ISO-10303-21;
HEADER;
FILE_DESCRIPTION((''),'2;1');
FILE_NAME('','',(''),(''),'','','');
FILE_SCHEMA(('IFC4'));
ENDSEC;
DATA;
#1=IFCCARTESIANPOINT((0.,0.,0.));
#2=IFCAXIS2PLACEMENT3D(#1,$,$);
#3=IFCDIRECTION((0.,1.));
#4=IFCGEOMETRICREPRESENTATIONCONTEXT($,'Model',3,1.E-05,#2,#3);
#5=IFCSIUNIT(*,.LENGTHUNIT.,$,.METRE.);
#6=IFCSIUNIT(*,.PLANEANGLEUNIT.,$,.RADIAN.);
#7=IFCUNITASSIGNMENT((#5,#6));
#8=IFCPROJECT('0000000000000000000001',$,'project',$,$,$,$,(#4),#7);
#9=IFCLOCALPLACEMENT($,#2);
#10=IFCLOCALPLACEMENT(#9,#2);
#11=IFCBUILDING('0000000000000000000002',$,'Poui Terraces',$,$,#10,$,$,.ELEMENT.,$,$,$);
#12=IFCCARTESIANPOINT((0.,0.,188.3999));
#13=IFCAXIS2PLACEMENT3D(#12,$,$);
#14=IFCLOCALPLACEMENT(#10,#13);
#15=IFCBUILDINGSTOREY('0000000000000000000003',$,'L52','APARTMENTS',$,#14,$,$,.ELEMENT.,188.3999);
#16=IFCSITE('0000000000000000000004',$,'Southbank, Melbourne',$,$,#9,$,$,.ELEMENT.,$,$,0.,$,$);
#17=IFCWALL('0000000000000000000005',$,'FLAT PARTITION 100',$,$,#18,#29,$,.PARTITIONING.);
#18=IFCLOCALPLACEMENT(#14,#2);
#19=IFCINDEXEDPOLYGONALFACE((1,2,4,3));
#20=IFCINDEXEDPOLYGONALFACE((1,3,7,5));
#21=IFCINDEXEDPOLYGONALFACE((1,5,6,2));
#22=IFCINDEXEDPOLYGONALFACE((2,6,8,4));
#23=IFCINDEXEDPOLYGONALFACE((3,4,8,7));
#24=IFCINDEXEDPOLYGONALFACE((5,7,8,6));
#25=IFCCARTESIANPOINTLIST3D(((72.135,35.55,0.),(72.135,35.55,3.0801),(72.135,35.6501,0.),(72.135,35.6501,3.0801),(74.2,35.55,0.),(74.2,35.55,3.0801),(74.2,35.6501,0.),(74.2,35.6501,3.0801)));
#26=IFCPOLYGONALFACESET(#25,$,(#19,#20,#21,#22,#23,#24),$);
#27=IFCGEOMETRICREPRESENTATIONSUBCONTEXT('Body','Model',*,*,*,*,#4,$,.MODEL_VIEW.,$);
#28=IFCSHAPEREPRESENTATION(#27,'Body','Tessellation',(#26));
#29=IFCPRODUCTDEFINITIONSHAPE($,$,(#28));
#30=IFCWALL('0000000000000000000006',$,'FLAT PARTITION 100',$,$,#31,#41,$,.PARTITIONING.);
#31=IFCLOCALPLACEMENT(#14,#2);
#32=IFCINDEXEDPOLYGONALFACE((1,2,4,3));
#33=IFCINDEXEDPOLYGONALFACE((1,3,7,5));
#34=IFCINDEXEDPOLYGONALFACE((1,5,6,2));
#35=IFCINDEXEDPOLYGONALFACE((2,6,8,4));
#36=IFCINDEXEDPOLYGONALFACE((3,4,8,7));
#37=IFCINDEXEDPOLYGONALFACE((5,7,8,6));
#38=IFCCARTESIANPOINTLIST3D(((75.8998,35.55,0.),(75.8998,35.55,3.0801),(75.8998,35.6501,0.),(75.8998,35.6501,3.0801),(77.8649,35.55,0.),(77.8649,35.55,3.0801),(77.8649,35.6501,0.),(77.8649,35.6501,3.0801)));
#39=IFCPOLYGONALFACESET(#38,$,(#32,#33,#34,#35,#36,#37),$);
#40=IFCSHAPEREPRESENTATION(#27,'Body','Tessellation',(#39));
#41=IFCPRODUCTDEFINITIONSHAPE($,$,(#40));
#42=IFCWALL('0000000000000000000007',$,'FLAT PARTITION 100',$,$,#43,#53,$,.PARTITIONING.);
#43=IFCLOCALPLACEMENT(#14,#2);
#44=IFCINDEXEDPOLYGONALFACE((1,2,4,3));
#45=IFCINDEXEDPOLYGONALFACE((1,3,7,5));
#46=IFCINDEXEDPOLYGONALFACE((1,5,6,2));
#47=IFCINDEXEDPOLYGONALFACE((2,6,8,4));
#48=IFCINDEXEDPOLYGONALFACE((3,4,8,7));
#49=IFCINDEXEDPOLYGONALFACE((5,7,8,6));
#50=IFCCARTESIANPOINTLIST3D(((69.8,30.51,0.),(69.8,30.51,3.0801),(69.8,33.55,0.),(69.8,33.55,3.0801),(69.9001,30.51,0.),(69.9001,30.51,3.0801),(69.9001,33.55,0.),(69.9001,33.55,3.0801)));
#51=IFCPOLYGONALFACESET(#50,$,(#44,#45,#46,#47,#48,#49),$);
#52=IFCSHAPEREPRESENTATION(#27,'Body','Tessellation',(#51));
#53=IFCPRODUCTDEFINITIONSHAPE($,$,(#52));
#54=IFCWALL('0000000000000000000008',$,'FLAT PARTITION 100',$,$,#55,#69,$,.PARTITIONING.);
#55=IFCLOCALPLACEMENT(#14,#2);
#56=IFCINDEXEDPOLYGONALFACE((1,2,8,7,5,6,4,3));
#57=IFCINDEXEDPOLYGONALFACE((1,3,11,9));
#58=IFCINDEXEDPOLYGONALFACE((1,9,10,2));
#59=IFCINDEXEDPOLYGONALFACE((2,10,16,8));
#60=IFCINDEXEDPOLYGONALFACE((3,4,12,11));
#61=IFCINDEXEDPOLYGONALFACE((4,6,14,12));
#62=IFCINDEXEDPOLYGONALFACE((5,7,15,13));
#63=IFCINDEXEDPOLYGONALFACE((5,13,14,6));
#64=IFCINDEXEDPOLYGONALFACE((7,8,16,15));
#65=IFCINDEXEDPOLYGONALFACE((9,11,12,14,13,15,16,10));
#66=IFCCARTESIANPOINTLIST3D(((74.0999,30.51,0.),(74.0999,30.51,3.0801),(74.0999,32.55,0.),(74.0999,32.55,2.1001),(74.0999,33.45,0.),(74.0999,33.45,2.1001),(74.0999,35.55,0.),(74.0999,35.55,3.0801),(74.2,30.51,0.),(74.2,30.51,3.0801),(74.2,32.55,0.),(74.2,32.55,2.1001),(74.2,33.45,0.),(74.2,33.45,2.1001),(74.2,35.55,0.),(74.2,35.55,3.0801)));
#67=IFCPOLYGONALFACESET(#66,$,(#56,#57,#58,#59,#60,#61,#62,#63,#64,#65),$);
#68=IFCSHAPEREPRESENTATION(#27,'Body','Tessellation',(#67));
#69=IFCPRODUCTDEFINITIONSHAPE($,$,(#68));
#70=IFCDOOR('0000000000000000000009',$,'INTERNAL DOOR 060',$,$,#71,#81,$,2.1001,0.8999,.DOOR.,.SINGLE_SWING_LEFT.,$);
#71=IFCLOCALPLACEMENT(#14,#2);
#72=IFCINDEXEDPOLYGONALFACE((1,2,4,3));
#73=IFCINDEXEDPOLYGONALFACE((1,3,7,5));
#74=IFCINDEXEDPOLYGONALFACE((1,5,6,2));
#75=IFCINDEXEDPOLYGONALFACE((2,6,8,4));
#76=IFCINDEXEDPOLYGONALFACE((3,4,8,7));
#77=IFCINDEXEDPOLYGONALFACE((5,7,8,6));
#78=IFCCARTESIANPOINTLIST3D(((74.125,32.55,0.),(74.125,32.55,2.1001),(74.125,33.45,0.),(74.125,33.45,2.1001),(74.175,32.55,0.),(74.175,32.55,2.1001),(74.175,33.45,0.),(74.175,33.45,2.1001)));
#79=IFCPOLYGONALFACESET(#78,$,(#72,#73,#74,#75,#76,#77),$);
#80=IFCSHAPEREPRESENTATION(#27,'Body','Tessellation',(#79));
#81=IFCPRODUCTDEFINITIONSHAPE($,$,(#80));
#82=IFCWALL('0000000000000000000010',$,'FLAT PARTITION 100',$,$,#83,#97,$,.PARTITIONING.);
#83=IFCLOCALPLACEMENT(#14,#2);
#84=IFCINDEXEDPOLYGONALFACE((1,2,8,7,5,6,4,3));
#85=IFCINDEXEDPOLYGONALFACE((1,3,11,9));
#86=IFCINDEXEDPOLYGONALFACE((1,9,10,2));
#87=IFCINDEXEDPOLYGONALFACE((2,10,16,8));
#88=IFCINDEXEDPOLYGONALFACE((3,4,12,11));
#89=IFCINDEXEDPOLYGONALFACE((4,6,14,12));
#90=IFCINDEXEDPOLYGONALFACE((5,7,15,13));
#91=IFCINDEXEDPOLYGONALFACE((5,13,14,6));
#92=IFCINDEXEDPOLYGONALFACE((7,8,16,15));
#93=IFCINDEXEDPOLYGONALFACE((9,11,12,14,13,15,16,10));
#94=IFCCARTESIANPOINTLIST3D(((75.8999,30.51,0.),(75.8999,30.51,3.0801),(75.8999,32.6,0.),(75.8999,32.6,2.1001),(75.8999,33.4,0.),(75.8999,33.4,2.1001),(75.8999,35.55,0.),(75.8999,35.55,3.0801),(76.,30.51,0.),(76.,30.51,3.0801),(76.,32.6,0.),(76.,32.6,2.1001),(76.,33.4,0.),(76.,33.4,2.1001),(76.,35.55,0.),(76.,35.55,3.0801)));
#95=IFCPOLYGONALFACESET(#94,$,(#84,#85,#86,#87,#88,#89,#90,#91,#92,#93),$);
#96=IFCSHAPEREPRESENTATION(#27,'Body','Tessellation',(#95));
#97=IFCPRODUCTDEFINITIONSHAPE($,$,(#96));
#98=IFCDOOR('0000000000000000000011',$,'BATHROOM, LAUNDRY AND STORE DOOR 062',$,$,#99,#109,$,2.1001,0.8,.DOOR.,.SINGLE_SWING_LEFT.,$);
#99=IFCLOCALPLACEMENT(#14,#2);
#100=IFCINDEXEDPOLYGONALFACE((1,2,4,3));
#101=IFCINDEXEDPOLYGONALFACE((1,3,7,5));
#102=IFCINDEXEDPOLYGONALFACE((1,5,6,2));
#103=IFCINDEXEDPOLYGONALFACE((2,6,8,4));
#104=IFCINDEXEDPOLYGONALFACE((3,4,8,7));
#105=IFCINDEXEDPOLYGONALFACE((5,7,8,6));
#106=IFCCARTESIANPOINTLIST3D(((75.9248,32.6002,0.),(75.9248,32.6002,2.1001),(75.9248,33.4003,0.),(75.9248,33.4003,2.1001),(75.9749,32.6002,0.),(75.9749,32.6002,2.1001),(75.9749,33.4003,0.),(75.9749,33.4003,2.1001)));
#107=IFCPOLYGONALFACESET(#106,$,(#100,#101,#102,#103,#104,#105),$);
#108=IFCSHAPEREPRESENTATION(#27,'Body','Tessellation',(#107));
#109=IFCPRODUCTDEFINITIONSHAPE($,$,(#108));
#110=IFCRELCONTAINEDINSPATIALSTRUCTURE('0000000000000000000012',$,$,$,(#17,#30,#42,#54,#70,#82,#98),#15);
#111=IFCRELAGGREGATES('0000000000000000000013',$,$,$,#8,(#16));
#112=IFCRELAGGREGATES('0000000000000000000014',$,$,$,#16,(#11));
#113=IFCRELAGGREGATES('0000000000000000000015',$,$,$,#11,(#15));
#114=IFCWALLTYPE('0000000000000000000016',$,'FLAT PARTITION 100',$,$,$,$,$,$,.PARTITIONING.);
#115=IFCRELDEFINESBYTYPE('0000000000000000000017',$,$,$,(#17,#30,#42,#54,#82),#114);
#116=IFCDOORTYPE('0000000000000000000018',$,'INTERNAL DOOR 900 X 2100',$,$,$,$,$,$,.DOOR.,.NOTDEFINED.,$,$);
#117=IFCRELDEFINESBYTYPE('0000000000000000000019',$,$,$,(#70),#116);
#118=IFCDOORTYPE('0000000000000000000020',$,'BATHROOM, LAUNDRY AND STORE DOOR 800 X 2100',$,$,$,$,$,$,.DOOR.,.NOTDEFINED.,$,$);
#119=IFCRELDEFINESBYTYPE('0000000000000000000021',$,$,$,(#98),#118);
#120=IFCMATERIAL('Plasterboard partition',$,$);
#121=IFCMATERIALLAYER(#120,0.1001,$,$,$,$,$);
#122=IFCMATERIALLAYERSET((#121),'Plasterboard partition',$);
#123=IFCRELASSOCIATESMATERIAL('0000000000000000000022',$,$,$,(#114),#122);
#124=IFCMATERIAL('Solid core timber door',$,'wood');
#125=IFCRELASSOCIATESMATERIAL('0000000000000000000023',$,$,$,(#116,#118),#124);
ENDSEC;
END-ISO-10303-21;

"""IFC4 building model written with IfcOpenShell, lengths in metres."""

from ifc_helpers import new_model, si_unit, direction, frame, frame_2d, origin, place, context, subcontext, project, spatial, rectangle, extrude, material, layer, layer_set, type_object, element, fill, save


model = new_model("IFC4")

# Units and contexts
model_context = context("Model", 3, precision=1e-05, world=origin(), true_north=direction((0.0, 1.0)))
body_context = subcontext(model_context, "Body", "Model", "MODEL_VIEW")
ifc_project = project(units=[si_unit("LENGTHUNIT", "METRE"), si_unit("PLANEANGLEUNIT", "RADIAN")], contexts=[model_context])

# Site, building, storey
site_placement = place(None, origin())
site = spatial("IfcSite", under=ifc_project, at=site_placement, Name="Southbank, Melbourne", CompositionType="ELEMENT", RefElevation=0.0)
building_placement = place(site_placement, origin())
building = spatial("IfcBuilding", under=site, at=building_placement, Name="Poui Terraces", CompositionType="ELEMENT")
storey_placement = place(building_placement, frame((0.0, 0.0, 188.3999)))
storey = spatial("IfcBuildingStorey", under=building, at=storey_placement, Name="L52", Description="APARTMENTS", CompositionType="ELEMENT", Elevation=188.3999)

# Walls
ifc_material_1 = material(Name="Plasterboard partition")
ifc_layer = layer(ifc_material_1, 0.1001)
ifc_layer_set = layer_set([ifc_layer], Name="Plasterboard partition")
wall_type = type_object("IfcWallType", Name="FLAT PARTITION 100", PredefinedType="PARTITIONING", material=ifc_layer_set)
wall_1_placement = place(storey_placement, frame((72.135, 35.6001, 0.0), z_axis=(0.0, 0.0, 1.0), x_axis=(1.0, 0.0, 0.0)))
element("IfcWall", 1, at=wall_1_placement, inside=storey, type_object=wall_type, Name="FLAT PARTITION 100", PredefinedType="PARTITIONING", context=body_context, shape_type="SweptSolid", body=[
    extrude(rectangle(XDim=2.0649, YDim=0.1001, at=frame_2d((1.0325, 0.0))), origin(), (0.0, 0.0, 1.0), 3.0801),
])
wall_2_placement = place(storey_placement, frame((75.8999, 35.6001, 0.0), z_axis=(0.0, 0.0, 1.0), x_axis=(1.0, 0.0, 0.0)))
element("IfcWall", 2, at=wall_2_placement, inside=storey, type_object=wall_type, Name="FLAT PARTITION 100", PredefinedType="PARTITIONING", context=body_context, shape_type="SweptSolid", body=[
    extrude(rectangle(XDim=1.9651, YDim=0.1001, at=frame_2d((0.9824, 0.0))), origin(), (0.0, 0.0, 1.0), 3.0801),
])
wall_3_placement = place(storey_placement, frame((69.8501, 30.51, 0.0), z_axis=(0.0, 0.0, 1.0), x_axis=(0.0, 1.0, 0.0)))
element("IfcWall", 3, at=wall_3_placement, inside=storey, type_object=wall_type, Name="FLAT PARTITION 100", PredefinedType="PARTITIONING", context=body_context, shape_type="SweptSolid", body=[
    extrude(rectangle(XDim=3.04, YDim=0.1001, at=frame_2d((1.52, 0.0))), origin(), (0.0, 0.0, 1.0), 3.0801),
])

# Walls, openings, doors
wall_4_placement = place(storey_placement, frame((74.1499, 30.51, 0.0), z_axis=(0.0, 0.0, 1.0), x_axis=(0.0, 1.0, 0.0)))
wall_4 = element("IfcWall", 4, at=wall_4_placement, inside=storey, type_object=wall_type, Name="FLAT PARTITION 100", PredefinedType="PARTITIONING", context=body_context, shape_type="SweptSolid", body=[
    extrude(rectangle(XDim=5.04, YDim=0.1001, at=frame_2d((2.52, 0.0))), origin(), (0.0, 0.0, 1.0), 3.0801),
])
opening_1_placement = place(wall_4_placement, frame((2.04, 0.0, 0.0)))
opening_1 = element("IfcOpeningElement", 5, at=opening_1_placement, cuts=wall_4, PredefinedType="OPENING", context=body_context, shape_type="SweptSolid", body=[
    extrude(rectangle(XDim=0.8999, YDim=2.1001, at=frame_2d((0.45, 1.05))), frame((0.0, 0.0601, 0.0), z_axis=(0.0, -1.0, 0.0), x_axis=(1.0, 0.0, 0.0)), (0.0, 0.0, 1.0), 0.1201),
])
ifc_material_2 = material(Name="Solid core timber door", Category="wood")
door_type_1 = type_object("IfcDoorType", Name="INTERNAL DOOR 900 X 2100", OperationType="NOTDEFINED", PredefinedType="DOOR", material=ifc_material_2)
door_1_placement = place(opening_1_placement, origin())
door_1 = element("IfcDoor", 6, at=door_1_placement, inside=storey, type_object=door_type_1, Name="INTERNAL DOOR 060", OperationType="SINGLE_SWING_LEFT", OverallHeight=2.1001, OverallWidth=0.8999, PredefinedType="DOOR", context=body_context, shape_type="SweptSolid", body=[
    extrude(rectangle(XDim=0.8999, YDim=2.1001, at=frame_2d((0.45, 1.05))), frame((0.0, 0.0249, 0.0), z_axis=(0.0, -1.0, 0.0), x_axis=(1.0, 0.0, 0.0)), (0.0, 0.0, 1.0), 0.05),
])
fill(opening_1, door_1)
wall_5_placement = place(storey_placement, frame((75.95, 30.51, 0.0), z_axis=(0.0, 0.0, 1.0), x_axis=(0.0, 1.0, 0.0)))
wall_5 = element("IfcWall", 7, at=wall_5_placement, inside=storey, type_object=wall_type, Name="FLAT PARTITION 100", PredefinedType="PARTITIONING", context=body_context, shape_type="SweptSolid", body=[
    extrude(rectangle(XDim=5.04, YDim=0.1001, at=frame_2d((2.52, 0.0))), origin(), (0.0, 0.0, 1.0), 3.0801),
])
opening_2_placement = place(wall_5_placement, frame((2.0901, 0.0, 0.0)))
opening_2 = element("IfcOpeningElement", 8, at=opening_2_placement, cuts=wall_5, PredefinedType="OPENING", context=body_context, shape_type="SweptSolid", body=[
    extrude(rectangle(XDim=0.8, YDim=2.1001, at=frame_2d((0.3999, 1.05))), frame((0.0, 0.0601, 0.0), z_axis=(0.0, -1.0, 0.0), x_axis=(1.0, 0.0, 0.0)), (0.0, 0.0, 1.0), 0.1201),
])
door_type_2 = type_object("IfcDoorType", Name="BATHROOM, LAUNDRY AND STORE DOOR 800 X 2100", OperationType="NOTDEFINED", PredefinedType="DOOR", material=ifc_material_2)
door_2_placement = place(opening_2_placement, frame((0.8, 0.0, 0.0), z_axis=(0.0, 0.0, 1.0), x_axis=(-1.0, 0.0, 0.0)))
door_2 = element("IfcDoor", 9, at=door_2_placement, inside=storey, type_object=door_type_2, Name="BATHROOM, LAUNDRY AND STORE DOOR 062", OperationType="SINGLE_SWING_LEFT", OverallHeight=2.1001, OverallWidth=0.8, PredefinedType="DOOR", context=body_context, shape_type="SweptSolid", body=[
    extrude(rectangle(XDim=0.8, YDim=2.1001, at=frame_2d((0.3999, 1.05))), frame((0.0, 0.0249, 0.0), z_axis=(0.0, -1.0, 0.0), x_axis=(1.0, 0.0, 0.0)), (0.0, 0.0, 1.0), 0.05),
])
fill(opening_2, door_2)

save(model, "model.ifc")
